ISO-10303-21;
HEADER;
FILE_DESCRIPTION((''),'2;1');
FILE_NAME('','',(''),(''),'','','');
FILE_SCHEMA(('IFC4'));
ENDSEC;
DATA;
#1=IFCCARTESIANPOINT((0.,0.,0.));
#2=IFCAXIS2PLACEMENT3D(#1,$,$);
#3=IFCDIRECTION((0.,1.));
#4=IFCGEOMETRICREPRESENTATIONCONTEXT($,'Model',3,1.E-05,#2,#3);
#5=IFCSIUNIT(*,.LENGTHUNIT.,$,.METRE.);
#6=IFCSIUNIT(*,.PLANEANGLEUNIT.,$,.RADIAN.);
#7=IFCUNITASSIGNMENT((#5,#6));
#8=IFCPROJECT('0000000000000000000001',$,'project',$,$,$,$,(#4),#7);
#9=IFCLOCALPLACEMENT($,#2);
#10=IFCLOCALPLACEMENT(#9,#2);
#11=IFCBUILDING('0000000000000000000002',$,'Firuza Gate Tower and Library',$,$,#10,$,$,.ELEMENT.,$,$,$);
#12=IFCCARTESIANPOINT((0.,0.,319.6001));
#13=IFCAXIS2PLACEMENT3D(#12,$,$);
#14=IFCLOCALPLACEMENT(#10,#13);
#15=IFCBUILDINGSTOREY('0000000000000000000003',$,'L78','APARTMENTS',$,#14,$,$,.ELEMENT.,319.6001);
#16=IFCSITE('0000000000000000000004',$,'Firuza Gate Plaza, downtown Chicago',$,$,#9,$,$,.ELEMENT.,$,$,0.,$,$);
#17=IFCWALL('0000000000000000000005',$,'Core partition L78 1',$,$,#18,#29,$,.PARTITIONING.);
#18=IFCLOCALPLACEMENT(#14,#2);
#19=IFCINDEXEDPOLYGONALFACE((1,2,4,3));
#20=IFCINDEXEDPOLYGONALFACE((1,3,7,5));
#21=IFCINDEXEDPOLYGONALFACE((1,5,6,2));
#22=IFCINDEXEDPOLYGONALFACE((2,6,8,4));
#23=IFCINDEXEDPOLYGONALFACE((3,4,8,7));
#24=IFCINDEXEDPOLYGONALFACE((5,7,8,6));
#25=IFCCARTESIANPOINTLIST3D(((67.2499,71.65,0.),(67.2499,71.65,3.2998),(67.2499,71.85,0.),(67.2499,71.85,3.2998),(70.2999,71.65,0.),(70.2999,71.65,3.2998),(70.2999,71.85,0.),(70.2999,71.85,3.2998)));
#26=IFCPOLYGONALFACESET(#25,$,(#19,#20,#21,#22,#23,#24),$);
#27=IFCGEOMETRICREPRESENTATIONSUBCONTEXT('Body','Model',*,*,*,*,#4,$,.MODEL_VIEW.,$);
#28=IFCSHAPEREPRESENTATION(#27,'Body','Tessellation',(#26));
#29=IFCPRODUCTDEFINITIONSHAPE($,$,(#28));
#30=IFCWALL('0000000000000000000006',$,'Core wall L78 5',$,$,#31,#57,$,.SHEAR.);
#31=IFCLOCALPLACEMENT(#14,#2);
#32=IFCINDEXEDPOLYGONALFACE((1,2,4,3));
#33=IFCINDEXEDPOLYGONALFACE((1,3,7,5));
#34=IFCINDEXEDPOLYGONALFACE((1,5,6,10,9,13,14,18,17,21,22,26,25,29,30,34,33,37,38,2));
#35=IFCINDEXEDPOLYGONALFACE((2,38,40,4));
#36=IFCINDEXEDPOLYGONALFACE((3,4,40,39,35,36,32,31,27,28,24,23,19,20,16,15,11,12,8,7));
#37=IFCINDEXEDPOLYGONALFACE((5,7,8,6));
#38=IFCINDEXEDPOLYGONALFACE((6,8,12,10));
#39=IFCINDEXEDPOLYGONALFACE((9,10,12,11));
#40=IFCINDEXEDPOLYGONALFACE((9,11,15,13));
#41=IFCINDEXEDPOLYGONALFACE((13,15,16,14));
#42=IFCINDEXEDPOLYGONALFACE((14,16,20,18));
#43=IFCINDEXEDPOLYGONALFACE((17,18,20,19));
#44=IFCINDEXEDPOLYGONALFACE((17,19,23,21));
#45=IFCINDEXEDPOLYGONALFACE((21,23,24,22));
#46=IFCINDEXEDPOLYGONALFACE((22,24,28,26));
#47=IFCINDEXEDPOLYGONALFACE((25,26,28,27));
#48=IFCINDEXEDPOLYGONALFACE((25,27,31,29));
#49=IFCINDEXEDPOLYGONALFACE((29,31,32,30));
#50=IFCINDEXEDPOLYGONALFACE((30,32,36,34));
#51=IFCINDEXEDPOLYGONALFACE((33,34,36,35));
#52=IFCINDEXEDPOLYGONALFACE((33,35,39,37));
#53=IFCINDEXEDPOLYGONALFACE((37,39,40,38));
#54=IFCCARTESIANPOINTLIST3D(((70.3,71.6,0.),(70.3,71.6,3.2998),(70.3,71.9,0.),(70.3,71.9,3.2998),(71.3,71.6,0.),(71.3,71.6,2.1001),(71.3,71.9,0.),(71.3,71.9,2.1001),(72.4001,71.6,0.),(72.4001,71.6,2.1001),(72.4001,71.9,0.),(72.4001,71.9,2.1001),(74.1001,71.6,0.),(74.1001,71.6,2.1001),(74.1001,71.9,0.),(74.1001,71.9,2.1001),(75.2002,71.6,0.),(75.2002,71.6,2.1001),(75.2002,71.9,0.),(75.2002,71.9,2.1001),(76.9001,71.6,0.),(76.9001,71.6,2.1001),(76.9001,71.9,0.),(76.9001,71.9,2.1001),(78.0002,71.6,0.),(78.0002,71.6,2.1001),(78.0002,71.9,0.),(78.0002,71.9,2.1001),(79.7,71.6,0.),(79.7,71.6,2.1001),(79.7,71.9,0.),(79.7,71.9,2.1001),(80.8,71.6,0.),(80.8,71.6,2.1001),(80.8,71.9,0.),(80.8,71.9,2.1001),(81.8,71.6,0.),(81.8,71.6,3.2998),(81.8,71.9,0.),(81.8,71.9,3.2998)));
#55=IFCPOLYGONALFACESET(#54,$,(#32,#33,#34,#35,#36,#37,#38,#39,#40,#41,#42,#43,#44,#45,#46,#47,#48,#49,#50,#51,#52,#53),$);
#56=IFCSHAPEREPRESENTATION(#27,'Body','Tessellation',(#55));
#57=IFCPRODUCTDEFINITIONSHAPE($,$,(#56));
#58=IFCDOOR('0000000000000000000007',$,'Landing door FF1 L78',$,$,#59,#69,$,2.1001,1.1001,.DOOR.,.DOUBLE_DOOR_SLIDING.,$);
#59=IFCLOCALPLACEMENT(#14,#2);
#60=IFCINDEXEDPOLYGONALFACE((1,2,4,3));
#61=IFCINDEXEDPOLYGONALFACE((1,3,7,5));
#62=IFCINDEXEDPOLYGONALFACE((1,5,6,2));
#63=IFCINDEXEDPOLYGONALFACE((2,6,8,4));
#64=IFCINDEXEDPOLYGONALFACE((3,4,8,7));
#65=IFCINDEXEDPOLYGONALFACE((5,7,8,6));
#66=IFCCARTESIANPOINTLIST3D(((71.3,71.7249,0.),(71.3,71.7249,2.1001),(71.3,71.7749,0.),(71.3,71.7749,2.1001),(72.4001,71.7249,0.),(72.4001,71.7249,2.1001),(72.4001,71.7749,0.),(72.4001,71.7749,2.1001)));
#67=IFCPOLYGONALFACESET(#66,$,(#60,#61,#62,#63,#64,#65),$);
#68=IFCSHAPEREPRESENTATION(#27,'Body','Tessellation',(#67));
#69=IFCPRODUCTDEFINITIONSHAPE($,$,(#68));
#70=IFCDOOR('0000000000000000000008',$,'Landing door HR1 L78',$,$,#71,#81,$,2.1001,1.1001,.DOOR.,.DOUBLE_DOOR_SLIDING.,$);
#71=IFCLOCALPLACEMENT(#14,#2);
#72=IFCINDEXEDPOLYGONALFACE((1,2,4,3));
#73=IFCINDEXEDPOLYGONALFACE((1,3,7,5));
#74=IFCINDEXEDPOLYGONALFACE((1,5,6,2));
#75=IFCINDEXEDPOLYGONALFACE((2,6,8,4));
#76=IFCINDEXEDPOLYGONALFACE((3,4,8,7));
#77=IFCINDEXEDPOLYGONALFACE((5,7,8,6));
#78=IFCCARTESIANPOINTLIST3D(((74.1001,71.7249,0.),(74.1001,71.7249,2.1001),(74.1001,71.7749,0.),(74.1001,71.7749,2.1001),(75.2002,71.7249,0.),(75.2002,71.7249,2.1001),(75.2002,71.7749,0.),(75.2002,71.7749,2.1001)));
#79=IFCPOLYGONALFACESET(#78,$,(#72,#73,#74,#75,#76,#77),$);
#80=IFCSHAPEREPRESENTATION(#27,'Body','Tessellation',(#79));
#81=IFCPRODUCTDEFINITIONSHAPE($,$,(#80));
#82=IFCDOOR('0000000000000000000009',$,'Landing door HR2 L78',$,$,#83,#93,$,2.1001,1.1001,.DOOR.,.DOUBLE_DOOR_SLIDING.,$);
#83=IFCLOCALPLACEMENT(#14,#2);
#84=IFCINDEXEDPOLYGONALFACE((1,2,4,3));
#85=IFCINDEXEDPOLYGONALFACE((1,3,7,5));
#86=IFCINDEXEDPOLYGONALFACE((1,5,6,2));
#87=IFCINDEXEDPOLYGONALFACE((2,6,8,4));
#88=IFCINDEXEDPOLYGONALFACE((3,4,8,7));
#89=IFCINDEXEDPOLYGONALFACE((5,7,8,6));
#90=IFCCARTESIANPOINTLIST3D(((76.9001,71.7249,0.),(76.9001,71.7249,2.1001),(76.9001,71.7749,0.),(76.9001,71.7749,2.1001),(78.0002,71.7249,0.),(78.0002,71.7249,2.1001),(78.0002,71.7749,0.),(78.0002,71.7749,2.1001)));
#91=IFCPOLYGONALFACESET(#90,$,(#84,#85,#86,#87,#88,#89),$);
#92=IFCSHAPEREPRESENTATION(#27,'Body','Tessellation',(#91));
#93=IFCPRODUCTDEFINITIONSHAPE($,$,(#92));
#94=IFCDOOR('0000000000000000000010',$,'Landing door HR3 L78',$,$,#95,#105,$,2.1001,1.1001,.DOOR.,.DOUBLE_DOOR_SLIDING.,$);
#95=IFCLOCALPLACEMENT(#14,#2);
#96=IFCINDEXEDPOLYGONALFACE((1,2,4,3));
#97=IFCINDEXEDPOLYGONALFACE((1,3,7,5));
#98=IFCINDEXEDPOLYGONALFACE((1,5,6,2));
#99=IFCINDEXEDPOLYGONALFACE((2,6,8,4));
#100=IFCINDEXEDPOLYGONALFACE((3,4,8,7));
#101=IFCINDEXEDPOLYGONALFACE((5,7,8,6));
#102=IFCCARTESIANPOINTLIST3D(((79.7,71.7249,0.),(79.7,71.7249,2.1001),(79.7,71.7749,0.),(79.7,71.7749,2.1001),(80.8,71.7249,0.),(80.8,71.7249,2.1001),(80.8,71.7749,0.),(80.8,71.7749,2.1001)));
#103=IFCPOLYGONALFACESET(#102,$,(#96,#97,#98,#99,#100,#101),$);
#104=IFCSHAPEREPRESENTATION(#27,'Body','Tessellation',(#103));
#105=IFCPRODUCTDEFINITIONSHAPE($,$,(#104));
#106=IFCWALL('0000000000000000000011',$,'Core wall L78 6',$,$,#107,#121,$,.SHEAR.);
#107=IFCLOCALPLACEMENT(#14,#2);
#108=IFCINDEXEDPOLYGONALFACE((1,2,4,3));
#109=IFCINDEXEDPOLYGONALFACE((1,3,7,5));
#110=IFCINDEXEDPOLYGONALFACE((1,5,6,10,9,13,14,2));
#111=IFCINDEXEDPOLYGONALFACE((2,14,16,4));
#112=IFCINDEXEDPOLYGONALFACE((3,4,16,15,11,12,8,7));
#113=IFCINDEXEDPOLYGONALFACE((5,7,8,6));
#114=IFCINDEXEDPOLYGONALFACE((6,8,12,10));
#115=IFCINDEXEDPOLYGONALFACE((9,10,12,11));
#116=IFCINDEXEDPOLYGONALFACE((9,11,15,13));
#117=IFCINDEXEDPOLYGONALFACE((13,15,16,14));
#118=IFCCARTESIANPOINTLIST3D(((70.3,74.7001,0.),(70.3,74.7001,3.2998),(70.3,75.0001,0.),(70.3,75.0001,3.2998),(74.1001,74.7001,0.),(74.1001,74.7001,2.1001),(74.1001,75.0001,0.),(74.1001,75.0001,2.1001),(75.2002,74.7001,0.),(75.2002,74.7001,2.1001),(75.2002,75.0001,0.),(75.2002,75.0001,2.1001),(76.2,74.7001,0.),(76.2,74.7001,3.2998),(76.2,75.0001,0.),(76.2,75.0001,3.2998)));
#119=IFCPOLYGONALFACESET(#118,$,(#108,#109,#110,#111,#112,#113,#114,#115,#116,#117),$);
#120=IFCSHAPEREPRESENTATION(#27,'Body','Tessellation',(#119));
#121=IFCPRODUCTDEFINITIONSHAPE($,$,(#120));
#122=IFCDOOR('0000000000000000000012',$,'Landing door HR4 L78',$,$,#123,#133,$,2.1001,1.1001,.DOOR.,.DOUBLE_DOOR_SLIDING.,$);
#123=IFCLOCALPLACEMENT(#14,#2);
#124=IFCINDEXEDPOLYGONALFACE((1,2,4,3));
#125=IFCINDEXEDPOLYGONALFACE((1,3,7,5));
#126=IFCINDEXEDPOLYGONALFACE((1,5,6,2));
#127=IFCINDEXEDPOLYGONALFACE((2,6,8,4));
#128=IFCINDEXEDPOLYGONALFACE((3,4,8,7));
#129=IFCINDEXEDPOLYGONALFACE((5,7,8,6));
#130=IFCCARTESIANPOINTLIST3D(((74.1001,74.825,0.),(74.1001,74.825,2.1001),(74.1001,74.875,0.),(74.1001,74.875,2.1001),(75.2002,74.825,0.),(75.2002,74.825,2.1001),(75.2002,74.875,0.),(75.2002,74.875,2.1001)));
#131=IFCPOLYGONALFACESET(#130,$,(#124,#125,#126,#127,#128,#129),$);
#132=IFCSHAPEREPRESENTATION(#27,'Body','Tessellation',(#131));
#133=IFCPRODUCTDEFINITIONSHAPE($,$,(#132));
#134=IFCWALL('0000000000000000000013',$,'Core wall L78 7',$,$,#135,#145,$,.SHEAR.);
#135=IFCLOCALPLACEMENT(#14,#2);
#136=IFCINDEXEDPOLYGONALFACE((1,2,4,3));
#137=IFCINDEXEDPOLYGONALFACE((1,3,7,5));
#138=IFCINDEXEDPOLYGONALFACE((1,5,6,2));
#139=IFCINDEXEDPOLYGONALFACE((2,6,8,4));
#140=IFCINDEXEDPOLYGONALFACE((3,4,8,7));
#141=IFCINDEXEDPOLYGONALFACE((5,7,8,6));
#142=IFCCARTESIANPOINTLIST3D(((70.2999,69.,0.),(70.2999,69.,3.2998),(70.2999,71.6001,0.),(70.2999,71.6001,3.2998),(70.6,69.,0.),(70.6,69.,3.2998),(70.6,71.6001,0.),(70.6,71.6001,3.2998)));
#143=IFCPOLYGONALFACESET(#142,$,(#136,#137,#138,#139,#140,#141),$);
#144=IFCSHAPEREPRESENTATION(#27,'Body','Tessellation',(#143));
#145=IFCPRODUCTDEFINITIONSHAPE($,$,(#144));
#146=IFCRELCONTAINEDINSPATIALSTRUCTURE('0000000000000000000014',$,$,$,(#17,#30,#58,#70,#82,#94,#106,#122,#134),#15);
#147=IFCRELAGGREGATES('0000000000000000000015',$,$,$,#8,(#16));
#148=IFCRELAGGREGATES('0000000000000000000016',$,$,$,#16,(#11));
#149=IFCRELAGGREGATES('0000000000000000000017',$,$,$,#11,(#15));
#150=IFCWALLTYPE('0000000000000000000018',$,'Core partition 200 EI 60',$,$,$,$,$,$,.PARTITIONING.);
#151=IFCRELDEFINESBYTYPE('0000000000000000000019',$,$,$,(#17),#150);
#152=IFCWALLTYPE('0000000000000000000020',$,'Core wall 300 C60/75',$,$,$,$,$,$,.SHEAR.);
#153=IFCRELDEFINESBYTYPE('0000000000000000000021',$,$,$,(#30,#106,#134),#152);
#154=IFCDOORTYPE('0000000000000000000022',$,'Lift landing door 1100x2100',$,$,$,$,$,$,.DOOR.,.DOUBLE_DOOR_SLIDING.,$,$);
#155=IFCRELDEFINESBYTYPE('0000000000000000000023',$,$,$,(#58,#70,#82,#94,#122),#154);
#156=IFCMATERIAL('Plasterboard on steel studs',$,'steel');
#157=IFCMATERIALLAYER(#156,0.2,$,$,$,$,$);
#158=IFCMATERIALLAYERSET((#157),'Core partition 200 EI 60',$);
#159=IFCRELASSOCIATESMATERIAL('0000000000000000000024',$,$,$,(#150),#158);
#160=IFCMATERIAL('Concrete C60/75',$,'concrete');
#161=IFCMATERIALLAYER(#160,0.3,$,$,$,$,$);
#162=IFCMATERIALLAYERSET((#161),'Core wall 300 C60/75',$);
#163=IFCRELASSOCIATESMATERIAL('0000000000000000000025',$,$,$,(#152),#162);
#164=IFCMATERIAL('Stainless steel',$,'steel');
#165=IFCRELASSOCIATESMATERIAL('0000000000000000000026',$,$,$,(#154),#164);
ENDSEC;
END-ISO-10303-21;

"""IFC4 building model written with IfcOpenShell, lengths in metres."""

from ifc_helpers import new_model, si_unit, direction, frame, frame_2d, origin, place, context, subcontext, project, spatial, rectangle, extrude, material, layer, layer_set, type_object, element, fill, save


model = new_model("IFC4")

# Units and contexts
model_context = context("Model", 3, precision=1e-05, world=origin(), true_north=direction((0.0, 1.0)))
body_context = subcontext(model_context, "Body", "Model", "MODEL_VIEW")
ifc_project = project(units=[si_unit("LENGTHUNIT", "METRE"), si_unit("PLANEANGLEUNIT", "RADIAN")], contexts=[model_context])

# Site, building, storey
site_placement = place(None, origin())
site = spatial("IfcSite", under=ifc_project, at=site_placement, Name="Firuza Gate Plaza, downtown Chicago", CompositionType="ELEMENT", RefElevation=0.0)
building_placement = place(site_placement, origin())
building = spatial("IfcBuilding", under=site, at=building_placement, Name="Firuza Gate Tower and Library", CompositionType="ELEMENT")
storey_placement = place(building_placement, frame((0.0, 0.0, 319.6001)))
storey = spatial("IfcBuildingStorey", under=building, at=storey_placement, Name="L78", Description="APARTMENTS", CompositionType="ELEMENT", Elevation=319.6001)

# Wall
ifc_material_1 = material(Name="Plasterboard on steel studs", Category="steel")
ifc_layer_1 = layer(ifc_material_1, 0.2)
ifc_layer_set_1 = layer_set([ifc_layer_1], Name="Core partition 200 EI 60")
wall_type_1 = type_object("IfcWallType", Name="Core partition 200 EI 60", PredefinedType="PARTITIONING", material=ifc_layer_set_1)
wall_1_placement = place(storey_placement, frame((67.25, 71.75, 0.0), z_axis=(0.0, 0.0, 1.0), x_axis=(1.0, 0.0, 0.0)))
element("IfcWall", 1, at=wall_1_placement, inside=storey, type_object=wall_type_1, Name="Core partition L78 1", PredefinedType="PARTITIONING", context=body_context, shape_type="SweptSolid", body=[
    extrude(rectangle(XDim=3.05, YDim=0.2, at=frame_2d((1.5249, 0.0))), origin(), (0.0, 0.0, 1.0), 3.2998),
])

# Wall, openings, doors
ifc_material_2 = material(Name="Concrete C60/75", Category="concrete")
ifc_layer_2 = layer(ifc_material_2, 0.3)
ifc_layer_set_2 = layer_set([ifc_layer_2], Name="Core wall 300 C60/75")
wall_type_2 = type_object("IfcWallType", Name="Core wall 300 C60/75", PredefinedType="SHEAR", material=ifc_layer_set_2)
wall_2_placement = place(storey_placement, frame((70.3, 71.75, 0.0), z_axis=(0.0, 0.0, 1.0), x_axis=(1.0, 0.0, 0.0)))
wall_2 = element("IfcWall", 2, at=wall_2_placement, inside=storey, type_object=wall_type_2, Name="Core wall L78 5", PredefinedType="SHEAR", context=body_context, shape_type="SweptSolid", body=[
    extrude(rectangle(XDim=11.5, YDim=0.3, at=frame_2d((5.75, 0.0))), origin(), (0.0, 0.0, 1.0), 3.2998),
])
opening_1_placement = place(wall_2_placement, frame((1.0, 0.0, 0.0)))
opening_1 = element("IfcOpeningElement", 3, at=opening_1_placement, cuts=wall_2, PredefinedType="OPENING", context=body_context, shape_type="SweptSolid", body=[
    extrude(rectangle(XDim=1.1001, YDim=2.1001, at=frame_2d((0.55, 1.05))), frame((0.0, 0.1602, 0.0), z_axis=(0.0, -1.0, 0.0), x_axis=(1.0, 0.0, 0.0)), (0.0, 0.0, 1.0), 0.3201),
])
opening_2_placement = place(wall_2_placement, frame((3.8, 0.0, 0.0)))
opening_2 = element("IfcOpeningElement", 4, at=opening_2_placement, cuts=wall_2, PredefinedType="OPENING", context=body_context, shape_type="SweptSolid", body=[
    extrude(rectangle(XDim=1.1001, YDim=2.1001, at=frame_2d((0.55, 1.05))), frame((0.0, 0.1602, 0.0), z_axis=(0.0, -1.0, 0.0), x_axis=(1.0, 0.0, 0.0)), (0.0, 0.0, 1.0), 0.3201),
])
opening_3_placement = place(wall_2_placement, frame((6.6001, 0.0, 0.0)))
opening_3 = element("IfcOpeningElement", 5, at=opening_3_placement, cuts=wall_2, PredefinedType="OPENING", context=body_context, shape_type="SweptSolid", body=[
    extrude(rectangle(XDim=1.1001, YDim=2.1001, at=frame_2d((0.55, 1.05))), frame((0.0, 0.1602, 0.0), z_axis=(0.0, -1.0, 0.0), x_axis=(1.0, 0.0, 0.0)), (0.0, 0.0, 1.0), 0.3201),
])
opening_4_placement = place(wall_2_placement, frame((9.3999, 0.0, 0.0)))
opening_4 = element("IfcOpeningElement", 6, at=opening_4_placement, cuts=wall_2, PredefinedType="OPENING", context=body_context, shape_type="SweptSolid", body=[
    extrude(rectangle(XDim=1.1001, YDim=2.1001, at=frame_2d((0.55, 1.05))), frame((0.0, 0.1602, 0.0), z_axis=(0.0, -1.0, 0.0), x_axis=(1.0, 0.0, 0.0)), (0.0, 0.0, 1.0), 0.3201),
])
ifc_material_3 = material(Name="Stainless steel", Category="steel")
door_type_1 = type_object("IfcDoorType", Name="Lift landing door 1100x2100", OperationType="DOUBLE_DOOR_SLIDING", PredefinedType="DOOR", material=ifc_material_3)
door_1_placement = place(opening_1_placement, origin())
door_1 = element("IfcDoor", 7, at=door_1_placement, inside=storey, type_object=door_type_1, Name="Landing door FF1 L78", OperationType="DOUBLE_DOOR_SLIDING", OverallHeight=2.1001, OverallWidth=1.1001, PredefinedType="DOOR", context=body_context, shape_type="SweptSolid", body=[
    extrude(rectangle(XDim=1.1001, YDim=2.1001, at=frame_2d((0.55, 1.05))), frame((0.0, 0.0249, 0.0), z_axis=(0.0, -1.0, 0.0), x_axis=(1.0, 0.0, 0.0)), (0.0, 0.0, 1.0), 0.05),
])
fill(opening_1, door_1)
door_2_placement = place(opening_2_placement, origin())
door_2 = element("IfcDoor", 8, at=door_2_placement, inside=storey, type_object=door_type_1, Name="Landing door HR1 L78", OperationType="DOUBLE_DOOR_SLIDING", OverallHeight=2.1001, OverallWidth=1.1001, PredefinedType="DOOR", context=body_context, shape_type="SweptSolid", body=[
    extrude(rectangle(XDim=1.1001, YDim=2.1001, at=frame_2d((0.55, 1.05))), frame((0.0, 0.0249, 0.0), z_axis=(0.0, -1.0, 0.0), x_axis=(1.0, 0.0, 0.0)), (0.0, 0.0, 1.0), 0.05),
])
fill(opening_2, door_2)
door_3_placement = place(opening_3_placement, origin())
door_3 = element("IfcDoor", 9, at=door_3_placement, inside=storey, type_object=door_type_1, Name="Landing door HR2 L78", OperationType="DOUBLE_DOOR_SLIDING", OverallHeight=2.1001, OverallWidth=1.1001, PredefinedType="DOOR", context=body_context, shape_type="SweptSolid", body=[
    extrude(rectangle(XDim=1.1001, YDim=2.1001, at=frame_2d((0.55, 1.05))), frame((0.0, 0.0249, 0.0), z_axis=(0.0, -1.0, 0.0), x_axis=(1.0, 0.0, 0.0)), (0.0, 0.0, 1.0), 0.05),
])
fill(opening_3, door_3)
door_4_placement = place(opening_4_placement, origin())
door_4 = element("IfcDoor", 10, at=door_4_placement, inside=storey, type_object=door_type_1, Name="Landing door HR3 L78", OperationType="DOUBLE_DOOR_SLIDING", OverallHeight=2.1001, OverallWidth=1.1001, PredefinedType="DOOR", context=body_context, shape_type="SweptSolid", body=[
    extrude(rectangle(XDim=1.1001, YDim=2.1001, at=frame_2d((0.55, 1.05))), frame((0.0, 0.0249, 0.0), z_axis=(0.0, -1.0, 0.0), x_axis=(1.0, 0.0, 0.0)), (0.0, 0.0, 1.0), 0.05),
])
fill(opening_4, door_4)

# Wall, opening, door
wall_3_placement = place(storey_placement, frame((70.3, 74.8501, 0.0), z_axis=(0.0, 0.0, 1.0), x_axis=(1.0, 0.0, 0.0)))
wall_3 = element("IfcWall", 11, at=wall_3_placement, inside=storey, type_object=wall_type_2, Name="Core wall L78 6", PredefinedType="SHEAR", context=body_context, shape_type="SweptSolid", body=[
    extrude(rectangle(XDim=5.8999, YDim=0.3, at=frame_2d((2.95, 0.0))), origin(), (0.0, 0.0, 1.0), 3.2998),
])
opening_5_placement = place(wall_3_placement, frame((3.8, 0.0, 0.0)))
opening_5 = element("IfcOpeningElement", 12, at=opening_5_placement, cuts=wall_3, PredefinedType="OPENING", context=body_context, shape_type="SweptSolid", body=[
    extrude(rectangle(XDim=1.1001, YDim=2.1001, at=frame_2d((0.55, 1.05))), frame((0.0, 0.1602, 0.0), z_axis=(0.0, -1.0, 0.0), x_axis=(1.0, 0.0, 0.0)), (0.0, 0.0, 1.0), 0.3201),
])
door_5_placement = place(opening_5_placement, origin())
door_5 = element("IfcDoor", 13, at=door_5_placement, inside=storey, type_object=door_type_1, Name="Landing door HR4 L78", OperationType="DOUBLE_DOOR_SLIDING", OverallHeight=2.1001, OverallWidth=1.1001, PredefinedType="DOOR", context=body_context, shape_type="SweptSolid", body=[
    extrude(rectangle(XDim=1.1001, YDim=2.1001, at=frame_2d((0.55, 1.05))), frame((0.0, 0.0249, 0.0), z_axis=(0.0, -1.0, 0.0), x_axis=(1.0, 0.0, 0.0)), (0.0, 0.0, 1.0), 0.05),
])
fill(opening_5, door_5)

# Wall
wall_4_placement = place(storey_placement, frame((70.45, 69.0, 0.0), z_axis=(0.0, 0.0, 1.0), x_axis=(0.0, 1.0, 0.0)))
element("IfcWall", 14, at=wall_4_placement, inside=storey, type_object=wall_type_2, Name="Core wall L78 7", PredefinedType="SHEAR", context=body_context, shape_type="SweptSolid", body=[
    extrude(rectangle(XDim=2.6001, YDim=0.3, at=frame_2d((1.3, 0.0))), origin(), (0.0, 0.0, 1.0), 3.2998),
])

save(model, "model.ifc")
